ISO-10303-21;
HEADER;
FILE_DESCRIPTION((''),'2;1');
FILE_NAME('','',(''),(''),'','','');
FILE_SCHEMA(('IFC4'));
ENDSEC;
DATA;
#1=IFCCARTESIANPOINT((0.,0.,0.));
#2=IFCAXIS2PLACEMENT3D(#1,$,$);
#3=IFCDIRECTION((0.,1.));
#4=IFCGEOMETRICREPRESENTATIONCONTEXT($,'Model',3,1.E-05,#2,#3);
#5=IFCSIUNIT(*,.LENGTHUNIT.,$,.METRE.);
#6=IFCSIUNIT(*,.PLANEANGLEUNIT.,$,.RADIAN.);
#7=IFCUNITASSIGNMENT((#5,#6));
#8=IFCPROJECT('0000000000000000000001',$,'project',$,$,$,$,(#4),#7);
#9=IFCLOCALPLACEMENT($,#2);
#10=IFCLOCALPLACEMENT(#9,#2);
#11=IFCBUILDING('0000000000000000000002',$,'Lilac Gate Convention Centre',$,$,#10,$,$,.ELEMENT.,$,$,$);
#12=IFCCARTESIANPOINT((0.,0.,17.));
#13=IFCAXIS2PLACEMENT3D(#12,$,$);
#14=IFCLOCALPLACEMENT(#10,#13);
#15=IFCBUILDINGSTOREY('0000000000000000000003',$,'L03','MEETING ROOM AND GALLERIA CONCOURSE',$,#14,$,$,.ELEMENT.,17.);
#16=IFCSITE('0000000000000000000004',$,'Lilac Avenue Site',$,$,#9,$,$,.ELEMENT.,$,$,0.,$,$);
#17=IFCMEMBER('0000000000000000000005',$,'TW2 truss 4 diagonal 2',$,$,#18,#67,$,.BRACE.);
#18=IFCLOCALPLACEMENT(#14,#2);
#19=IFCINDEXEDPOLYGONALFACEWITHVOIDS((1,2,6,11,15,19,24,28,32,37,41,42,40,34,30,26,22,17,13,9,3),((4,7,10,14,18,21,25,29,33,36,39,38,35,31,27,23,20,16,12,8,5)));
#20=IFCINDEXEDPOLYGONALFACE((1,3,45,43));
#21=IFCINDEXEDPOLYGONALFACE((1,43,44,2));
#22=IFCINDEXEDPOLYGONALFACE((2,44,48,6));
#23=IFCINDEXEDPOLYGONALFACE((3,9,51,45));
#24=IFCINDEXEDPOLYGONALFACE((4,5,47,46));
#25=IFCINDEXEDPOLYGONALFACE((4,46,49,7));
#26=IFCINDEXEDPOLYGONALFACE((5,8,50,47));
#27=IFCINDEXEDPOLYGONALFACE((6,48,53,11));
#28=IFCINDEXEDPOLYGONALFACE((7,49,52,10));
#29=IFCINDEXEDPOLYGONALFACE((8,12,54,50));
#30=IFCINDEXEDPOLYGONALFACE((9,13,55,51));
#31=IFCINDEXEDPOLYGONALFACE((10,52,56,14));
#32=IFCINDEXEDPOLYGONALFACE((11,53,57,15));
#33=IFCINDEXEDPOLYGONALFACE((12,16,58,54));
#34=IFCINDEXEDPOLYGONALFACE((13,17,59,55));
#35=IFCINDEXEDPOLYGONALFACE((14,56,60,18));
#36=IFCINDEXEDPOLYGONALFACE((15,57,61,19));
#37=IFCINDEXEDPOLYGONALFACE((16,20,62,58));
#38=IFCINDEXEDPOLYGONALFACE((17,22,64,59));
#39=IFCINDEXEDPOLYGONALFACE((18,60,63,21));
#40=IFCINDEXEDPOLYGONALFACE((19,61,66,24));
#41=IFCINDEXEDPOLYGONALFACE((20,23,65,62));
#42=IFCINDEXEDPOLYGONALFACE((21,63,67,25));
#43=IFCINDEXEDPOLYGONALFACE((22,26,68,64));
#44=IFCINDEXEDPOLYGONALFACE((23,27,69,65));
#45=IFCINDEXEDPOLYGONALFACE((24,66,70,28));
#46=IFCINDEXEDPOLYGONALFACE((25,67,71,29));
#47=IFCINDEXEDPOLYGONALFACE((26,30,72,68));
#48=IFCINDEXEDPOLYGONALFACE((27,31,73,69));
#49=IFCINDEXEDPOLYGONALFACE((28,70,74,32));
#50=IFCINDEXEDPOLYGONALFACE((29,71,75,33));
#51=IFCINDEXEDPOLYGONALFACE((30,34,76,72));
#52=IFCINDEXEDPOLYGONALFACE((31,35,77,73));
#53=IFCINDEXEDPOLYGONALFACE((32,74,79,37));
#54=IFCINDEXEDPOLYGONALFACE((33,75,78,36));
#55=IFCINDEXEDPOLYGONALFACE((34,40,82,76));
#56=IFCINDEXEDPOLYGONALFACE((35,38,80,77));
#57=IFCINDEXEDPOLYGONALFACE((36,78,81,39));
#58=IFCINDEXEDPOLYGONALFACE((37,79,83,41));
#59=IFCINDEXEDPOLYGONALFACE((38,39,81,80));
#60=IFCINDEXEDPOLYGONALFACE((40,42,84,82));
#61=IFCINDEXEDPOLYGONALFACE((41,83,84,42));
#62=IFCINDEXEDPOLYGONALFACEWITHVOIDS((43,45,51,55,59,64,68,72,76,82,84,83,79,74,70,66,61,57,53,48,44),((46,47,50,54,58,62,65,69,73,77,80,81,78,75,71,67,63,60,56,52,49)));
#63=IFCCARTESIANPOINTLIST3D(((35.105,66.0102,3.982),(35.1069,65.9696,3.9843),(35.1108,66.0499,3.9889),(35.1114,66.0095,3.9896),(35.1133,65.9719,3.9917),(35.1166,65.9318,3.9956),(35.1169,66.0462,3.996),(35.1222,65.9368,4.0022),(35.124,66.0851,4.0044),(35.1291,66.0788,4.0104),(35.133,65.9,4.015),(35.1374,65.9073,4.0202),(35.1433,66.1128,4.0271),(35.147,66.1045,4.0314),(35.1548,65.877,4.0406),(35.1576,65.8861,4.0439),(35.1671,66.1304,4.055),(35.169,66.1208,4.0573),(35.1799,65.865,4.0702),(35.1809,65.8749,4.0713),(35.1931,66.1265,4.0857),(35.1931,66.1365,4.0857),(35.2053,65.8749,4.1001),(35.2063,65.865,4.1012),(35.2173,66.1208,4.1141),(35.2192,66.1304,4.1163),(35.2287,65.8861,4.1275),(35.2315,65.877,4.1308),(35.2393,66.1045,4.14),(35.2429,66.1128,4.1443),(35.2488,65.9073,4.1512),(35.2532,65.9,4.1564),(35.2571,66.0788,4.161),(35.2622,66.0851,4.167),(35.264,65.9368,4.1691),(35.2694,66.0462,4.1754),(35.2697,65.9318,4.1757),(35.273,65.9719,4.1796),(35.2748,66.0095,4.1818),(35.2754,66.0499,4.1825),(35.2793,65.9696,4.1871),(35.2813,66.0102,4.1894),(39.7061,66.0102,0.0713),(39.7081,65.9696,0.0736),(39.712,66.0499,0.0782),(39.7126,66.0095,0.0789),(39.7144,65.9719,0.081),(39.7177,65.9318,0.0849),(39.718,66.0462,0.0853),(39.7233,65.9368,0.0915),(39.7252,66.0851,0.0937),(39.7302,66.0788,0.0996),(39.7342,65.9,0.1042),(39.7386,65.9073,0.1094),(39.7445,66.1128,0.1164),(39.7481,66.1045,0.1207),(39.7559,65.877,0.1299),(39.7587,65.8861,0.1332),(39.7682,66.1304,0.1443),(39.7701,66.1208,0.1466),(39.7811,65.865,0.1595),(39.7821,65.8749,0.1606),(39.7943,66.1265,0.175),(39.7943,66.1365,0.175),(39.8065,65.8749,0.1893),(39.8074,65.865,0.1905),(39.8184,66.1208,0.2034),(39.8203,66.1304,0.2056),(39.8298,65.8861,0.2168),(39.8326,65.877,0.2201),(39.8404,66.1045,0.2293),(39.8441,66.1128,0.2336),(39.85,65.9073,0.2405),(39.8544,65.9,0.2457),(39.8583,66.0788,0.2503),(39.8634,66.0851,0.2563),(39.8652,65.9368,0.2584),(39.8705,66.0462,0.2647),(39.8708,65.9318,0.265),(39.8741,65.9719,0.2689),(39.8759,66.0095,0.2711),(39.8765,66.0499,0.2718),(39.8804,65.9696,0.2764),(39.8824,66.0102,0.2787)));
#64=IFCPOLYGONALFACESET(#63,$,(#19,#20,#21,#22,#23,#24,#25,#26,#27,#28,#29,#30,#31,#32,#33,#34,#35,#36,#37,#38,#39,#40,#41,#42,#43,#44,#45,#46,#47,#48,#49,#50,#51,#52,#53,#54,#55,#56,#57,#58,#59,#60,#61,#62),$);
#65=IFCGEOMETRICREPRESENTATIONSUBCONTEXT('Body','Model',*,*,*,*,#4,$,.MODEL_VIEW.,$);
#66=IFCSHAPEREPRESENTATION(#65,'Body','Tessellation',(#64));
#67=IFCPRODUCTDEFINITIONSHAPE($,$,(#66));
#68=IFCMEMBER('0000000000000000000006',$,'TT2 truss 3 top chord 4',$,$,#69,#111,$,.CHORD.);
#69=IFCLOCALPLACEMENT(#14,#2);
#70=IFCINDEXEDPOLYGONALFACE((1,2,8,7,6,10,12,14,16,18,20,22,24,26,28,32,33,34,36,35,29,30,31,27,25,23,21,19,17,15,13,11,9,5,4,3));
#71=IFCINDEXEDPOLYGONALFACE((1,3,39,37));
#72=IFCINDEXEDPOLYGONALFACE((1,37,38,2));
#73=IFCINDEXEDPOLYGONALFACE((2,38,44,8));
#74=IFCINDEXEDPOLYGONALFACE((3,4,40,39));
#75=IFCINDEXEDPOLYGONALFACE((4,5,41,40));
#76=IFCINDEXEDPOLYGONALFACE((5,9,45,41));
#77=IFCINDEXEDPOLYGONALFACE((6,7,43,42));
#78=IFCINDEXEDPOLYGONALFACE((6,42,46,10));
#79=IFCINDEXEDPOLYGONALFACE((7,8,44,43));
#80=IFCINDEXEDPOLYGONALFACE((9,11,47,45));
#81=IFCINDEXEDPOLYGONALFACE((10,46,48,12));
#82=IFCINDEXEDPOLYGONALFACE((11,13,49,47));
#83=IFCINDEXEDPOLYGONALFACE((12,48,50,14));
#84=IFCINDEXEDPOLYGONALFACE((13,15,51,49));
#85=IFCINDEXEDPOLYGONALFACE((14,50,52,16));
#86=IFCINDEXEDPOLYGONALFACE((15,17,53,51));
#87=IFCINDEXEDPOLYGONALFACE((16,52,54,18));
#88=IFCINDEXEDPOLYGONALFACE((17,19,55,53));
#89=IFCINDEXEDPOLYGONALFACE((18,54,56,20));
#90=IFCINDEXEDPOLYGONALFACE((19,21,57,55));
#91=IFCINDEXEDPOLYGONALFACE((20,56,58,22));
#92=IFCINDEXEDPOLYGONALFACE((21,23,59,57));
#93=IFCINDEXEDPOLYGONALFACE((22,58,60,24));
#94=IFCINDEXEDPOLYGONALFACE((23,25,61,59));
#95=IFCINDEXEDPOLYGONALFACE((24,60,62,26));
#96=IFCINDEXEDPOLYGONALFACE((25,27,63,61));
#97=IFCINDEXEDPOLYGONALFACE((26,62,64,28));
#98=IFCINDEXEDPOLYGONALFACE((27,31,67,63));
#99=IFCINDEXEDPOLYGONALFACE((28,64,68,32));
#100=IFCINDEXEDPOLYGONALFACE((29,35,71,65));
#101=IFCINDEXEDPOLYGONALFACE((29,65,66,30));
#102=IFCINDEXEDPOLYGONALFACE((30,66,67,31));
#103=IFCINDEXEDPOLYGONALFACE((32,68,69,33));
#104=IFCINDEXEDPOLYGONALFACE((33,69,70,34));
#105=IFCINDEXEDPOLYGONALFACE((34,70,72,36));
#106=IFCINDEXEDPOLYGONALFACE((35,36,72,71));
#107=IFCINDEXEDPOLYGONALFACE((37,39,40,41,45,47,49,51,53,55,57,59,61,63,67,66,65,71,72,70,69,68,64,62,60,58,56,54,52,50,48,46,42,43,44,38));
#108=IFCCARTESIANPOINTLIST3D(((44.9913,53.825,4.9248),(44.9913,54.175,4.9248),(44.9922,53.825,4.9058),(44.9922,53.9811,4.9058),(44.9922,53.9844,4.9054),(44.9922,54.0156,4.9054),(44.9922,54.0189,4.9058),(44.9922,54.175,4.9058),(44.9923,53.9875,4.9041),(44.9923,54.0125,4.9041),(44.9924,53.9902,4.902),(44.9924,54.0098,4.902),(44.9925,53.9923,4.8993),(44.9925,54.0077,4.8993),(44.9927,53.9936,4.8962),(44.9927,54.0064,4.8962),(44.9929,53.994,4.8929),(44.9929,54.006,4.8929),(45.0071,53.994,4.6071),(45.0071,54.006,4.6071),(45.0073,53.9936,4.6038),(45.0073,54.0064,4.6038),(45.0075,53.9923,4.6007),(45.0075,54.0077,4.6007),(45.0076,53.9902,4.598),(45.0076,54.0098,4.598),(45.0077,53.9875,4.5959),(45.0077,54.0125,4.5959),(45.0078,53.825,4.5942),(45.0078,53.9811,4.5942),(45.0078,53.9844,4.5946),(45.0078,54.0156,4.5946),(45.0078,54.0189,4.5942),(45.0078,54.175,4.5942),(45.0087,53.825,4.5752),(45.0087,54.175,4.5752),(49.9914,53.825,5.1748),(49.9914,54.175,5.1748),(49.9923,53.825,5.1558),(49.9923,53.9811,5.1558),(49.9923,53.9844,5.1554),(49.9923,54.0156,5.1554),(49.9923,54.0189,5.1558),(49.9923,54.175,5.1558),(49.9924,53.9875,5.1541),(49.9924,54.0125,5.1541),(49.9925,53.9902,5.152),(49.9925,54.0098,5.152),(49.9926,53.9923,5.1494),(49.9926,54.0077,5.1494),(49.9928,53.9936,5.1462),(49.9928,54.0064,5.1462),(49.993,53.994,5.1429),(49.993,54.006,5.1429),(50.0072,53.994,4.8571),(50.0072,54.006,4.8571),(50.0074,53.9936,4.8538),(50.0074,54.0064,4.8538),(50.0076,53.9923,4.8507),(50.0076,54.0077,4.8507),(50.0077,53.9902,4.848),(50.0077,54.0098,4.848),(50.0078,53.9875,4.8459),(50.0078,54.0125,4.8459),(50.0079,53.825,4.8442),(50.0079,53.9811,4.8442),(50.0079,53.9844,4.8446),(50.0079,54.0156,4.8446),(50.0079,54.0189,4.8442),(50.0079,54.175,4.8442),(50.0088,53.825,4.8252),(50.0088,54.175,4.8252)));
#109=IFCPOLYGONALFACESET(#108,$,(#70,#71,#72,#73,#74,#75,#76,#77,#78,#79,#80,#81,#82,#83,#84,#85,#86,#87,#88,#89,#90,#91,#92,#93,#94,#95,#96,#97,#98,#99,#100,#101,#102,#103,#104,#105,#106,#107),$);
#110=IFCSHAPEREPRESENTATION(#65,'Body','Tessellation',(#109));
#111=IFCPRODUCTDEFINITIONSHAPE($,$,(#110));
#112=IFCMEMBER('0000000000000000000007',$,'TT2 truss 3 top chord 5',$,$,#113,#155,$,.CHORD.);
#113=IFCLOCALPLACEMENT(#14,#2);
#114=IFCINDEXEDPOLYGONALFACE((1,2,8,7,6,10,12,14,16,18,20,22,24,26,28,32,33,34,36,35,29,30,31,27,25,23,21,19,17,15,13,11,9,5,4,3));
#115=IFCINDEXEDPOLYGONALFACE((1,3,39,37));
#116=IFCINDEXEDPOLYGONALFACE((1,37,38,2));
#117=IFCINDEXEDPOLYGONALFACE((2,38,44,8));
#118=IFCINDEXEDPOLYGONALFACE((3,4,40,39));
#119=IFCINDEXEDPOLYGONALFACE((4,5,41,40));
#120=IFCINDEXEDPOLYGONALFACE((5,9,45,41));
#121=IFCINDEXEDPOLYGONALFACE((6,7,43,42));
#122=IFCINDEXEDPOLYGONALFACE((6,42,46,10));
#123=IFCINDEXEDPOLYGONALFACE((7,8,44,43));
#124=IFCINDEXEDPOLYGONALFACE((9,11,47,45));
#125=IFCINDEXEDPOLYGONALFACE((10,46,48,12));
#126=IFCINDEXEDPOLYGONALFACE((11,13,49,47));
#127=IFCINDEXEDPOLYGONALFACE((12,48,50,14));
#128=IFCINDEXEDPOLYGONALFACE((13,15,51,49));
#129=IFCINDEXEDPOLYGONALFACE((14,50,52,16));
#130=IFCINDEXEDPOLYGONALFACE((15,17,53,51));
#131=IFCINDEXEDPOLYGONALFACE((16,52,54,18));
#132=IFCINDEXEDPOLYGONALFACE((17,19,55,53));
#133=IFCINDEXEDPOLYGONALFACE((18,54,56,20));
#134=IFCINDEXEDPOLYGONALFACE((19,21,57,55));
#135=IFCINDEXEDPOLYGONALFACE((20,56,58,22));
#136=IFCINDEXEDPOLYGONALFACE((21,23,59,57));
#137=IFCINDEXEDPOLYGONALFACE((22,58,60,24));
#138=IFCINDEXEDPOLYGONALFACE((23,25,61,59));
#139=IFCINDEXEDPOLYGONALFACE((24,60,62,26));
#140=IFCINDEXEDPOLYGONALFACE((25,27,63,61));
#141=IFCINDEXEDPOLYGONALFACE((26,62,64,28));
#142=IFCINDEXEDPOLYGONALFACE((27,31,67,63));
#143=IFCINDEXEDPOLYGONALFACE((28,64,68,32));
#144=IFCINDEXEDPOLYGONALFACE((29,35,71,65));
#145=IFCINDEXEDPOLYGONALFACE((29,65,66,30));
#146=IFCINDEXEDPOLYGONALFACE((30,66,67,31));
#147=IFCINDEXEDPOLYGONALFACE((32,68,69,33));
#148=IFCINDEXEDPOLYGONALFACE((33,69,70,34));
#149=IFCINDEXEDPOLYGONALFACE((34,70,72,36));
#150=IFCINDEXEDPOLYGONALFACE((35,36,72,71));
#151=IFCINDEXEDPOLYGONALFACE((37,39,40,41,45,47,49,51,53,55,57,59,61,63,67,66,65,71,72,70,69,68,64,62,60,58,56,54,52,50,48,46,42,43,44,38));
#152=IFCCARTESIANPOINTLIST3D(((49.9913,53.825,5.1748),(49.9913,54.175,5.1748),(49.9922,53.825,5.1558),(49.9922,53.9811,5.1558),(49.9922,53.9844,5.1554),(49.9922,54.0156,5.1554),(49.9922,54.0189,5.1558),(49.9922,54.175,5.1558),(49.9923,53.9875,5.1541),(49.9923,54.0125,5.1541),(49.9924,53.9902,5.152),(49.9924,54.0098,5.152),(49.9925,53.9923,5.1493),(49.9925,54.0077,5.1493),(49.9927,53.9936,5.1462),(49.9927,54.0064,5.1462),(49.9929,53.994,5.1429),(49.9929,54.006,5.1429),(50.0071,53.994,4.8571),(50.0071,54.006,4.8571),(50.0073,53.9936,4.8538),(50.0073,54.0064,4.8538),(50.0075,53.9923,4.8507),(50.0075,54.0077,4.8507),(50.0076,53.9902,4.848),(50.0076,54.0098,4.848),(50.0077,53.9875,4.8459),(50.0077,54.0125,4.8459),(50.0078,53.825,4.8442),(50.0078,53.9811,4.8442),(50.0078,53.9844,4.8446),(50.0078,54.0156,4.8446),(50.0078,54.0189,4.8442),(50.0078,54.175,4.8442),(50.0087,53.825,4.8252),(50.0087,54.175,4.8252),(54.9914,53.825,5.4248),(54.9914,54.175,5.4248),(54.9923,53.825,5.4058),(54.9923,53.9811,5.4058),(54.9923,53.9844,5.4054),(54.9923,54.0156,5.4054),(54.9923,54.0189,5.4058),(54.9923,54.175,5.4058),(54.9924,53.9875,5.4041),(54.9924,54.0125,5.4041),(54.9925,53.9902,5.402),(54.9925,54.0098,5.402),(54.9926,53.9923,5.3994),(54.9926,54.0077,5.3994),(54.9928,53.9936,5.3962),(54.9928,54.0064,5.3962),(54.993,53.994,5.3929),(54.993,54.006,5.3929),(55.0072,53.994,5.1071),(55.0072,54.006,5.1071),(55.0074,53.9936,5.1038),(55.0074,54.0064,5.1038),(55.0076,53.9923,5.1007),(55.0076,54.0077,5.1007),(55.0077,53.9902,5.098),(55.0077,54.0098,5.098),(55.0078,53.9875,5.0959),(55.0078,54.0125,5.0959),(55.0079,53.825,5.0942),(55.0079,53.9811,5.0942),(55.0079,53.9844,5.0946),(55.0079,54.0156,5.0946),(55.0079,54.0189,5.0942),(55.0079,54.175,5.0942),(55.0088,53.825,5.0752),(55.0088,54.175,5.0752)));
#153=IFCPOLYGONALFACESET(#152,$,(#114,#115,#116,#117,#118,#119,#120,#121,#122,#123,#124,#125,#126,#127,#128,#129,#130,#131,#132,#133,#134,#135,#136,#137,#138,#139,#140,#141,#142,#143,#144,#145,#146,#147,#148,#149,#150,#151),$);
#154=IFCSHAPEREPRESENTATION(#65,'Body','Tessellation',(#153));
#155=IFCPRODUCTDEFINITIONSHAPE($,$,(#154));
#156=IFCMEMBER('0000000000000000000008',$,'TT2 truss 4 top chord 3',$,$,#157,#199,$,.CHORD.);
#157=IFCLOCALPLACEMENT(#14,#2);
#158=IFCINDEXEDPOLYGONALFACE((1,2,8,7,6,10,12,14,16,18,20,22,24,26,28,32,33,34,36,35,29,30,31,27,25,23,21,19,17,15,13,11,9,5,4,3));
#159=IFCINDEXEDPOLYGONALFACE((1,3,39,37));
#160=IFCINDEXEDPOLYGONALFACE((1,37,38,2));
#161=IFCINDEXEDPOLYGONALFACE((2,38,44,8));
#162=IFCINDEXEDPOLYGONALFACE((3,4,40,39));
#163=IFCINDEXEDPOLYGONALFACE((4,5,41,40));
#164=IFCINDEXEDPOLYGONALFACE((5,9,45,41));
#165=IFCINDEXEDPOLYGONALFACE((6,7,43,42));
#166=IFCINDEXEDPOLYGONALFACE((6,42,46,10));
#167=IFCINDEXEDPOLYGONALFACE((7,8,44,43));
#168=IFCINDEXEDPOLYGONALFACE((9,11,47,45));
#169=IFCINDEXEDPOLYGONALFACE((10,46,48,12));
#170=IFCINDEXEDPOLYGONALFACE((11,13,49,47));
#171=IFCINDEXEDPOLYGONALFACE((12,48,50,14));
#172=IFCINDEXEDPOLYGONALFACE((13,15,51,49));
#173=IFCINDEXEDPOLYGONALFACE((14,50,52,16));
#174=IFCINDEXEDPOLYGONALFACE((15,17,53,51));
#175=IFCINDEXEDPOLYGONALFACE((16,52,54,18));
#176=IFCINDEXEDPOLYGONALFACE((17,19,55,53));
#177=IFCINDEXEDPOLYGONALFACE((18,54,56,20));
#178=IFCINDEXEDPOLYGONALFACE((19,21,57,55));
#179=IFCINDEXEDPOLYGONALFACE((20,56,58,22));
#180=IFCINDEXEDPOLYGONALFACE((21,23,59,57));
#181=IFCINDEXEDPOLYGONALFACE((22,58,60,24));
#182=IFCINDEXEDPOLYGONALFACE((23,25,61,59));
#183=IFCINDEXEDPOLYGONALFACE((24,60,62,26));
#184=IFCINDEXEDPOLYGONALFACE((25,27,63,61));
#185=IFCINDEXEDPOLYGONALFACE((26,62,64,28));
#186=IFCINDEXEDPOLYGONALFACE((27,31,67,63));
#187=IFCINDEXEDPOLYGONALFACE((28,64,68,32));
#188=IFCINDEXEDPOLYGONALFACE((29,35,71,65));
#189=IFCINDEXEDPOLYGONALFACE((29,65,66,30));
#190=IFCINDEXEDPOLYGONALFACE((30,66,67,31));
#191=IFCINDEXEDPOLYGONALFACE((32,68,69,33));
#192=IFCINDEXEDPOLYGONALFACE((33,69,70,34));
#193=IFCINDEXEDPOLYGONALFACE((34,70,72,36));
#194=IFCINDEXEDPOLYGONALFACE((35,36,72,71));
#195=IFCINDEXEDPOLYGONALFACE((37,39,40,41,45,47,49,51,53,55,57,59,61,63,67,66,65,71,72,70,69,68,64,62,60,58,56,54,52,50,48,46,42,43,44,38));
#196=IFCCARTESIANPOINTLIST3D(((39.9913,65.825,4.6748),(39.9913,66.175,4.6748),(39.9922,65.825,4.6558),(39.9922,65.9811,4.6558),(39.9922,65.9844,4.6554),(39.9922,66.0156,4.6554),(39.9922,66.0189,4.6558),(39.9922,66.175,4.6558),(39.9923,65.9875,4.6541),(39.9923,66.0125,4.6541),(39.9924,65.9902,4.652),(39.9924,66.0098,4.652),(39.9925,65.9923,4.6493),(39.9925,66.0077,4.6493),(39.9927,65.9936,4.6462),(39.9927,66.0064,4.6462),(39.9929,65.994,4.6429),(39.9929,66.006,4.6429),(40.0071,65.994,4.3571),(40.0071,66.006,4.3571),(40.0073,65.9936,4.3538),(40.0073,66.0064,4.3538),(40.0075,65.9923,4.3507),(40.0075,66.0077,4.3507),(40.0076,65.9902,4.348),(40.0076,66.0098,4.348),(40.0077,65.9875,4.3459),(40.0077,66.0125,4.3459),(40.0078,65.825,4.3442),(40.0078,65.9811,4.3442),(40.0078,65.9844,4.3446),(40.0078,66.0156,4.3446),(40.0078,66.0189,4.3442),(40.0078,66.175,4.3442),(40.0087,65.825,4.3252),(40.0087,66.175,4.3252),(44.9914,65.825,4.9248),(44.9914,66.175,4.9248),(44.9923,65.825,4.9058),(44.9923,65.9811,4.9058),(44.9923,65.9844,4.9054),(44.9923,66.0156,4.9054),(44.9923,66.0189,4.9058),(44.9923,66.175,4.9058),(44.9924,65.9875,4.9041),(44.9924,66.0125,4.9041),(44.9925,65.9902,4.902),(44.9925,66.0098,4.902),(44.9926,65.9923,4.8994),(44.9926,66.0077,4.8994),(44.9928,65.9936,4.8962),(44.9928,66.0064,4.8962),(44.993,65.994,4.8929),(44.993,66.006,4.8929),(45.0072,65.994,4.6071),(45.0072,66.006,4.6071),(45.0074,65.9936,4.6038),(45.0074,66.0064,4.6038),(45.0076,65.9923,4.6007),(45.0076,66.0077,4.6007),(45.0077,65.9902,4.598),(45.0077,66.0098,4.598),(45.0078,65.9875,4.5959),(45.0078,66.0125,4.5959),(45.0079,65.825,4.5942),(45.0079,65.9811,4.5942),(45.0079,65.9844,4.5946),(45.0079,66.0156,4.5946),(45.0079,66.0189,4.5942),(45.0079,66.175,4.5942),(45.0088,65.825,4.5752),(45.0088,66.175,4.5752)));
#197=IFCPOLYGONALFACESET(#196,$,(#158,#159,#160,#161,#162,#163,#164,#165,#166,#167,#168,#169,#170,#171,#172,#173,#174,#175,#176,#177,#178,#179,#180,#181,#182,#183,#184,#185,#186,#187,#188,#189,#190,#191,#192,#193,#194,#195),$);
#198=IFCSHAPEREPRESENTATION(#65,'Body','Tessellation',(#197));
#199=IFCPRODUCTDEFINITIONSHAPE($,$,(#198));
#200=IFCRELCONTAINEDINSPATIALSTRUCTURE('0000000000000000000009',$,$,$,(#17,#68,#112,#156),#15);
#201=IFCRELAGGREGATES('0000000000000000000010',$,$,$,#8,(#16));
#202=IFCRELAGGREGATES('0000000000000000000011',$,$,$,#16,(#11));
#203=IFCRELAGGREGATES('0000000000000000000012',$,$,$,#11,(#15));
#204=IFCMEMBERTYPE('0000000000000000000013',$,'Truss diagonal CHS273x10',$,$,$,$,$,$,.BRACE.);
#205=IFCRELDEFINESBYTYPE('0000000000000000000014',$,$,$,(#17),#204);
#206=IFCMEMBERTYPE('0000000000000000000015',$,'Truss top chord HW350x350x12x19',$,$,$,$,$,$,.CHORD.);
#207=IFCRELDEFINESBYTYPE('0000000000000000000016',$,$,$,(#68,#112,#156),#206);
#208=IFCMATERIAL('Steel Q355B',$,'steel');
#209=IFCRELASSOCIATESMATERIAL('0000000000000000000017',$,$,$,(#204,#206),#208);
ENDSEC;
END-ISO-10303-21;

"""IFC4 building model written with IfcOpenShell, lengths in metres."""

from ifc_helpers import new_model, si_unit, direction, frame, origin, origin_2d, place, context, subcontext, project, spatial, hollow_circle, i_section, extrude, material, material_profile, profile_set, type_object, element, save


model = new_model("IFC4")

# Units and contexts
model_context = context("Model", 3, precision=1e-05, world=origin(), true_north=direction((0.0, 1.0)))
body_context = subcontext(model_context, "Body", "Model", "MODEL_VIEW")
ifc_project = project(units=[si_unit("LENGTHUNIT", "METRE"), si_unit("PLANEANGLEUNIT", "RADIAN")], contexts=[model_context])

# Site, building, storey
site_placement = place(None, origin())
site = spatial("IfcSite", under=ifc_project, at=site_placement, Name="Lilac Avenue Site", CompositionType="ELEMENT", RefElevation=0.0)
building_placement = place(site_placement, origin())
building = spatial("IfcBuilding", under=site, at=building_placement, Name="Lilac Gate Convention Centre", CompositionType="ELEMENT")
storey_placement = place(building_placement, frame((0.0, 0.0, 17.0)))
storey = spatial("IfcBuildingStorey", under=building, at=storey_placement, Name="L03", Description="MEETING ROOM AND GALLERIA CONCOURSE", CompositionType="ELEMENT", Elevation=17.0)

# Members
ifc_material = material(Name="Steel Q355B", Category="steel")
ifc_material_profile_1 = material_profile(ifc_material, hollow_circle(Radius=0.1365, WallThickness=0.01, at=origin_2d()), Name="CHS273x10")
ifc_profile_set_1 = profile_set([ifc_material_profile_1], Name="Steel Q355B")
member_type_1 = type_object("IfcMemberType", Name="Truss diagonal CHS273x10", PredefinedType="BRACE", material=ifc_profile_set_1)
member_1_placement = place(storey_placement, frame((35.1931, 66.0, 4.0857), z_axis=(0.761961, 0.0, -0.647623), x_axis=(0.0, 1.0, 0.0)))
element("IfcMember", 1, at=member_1_placement, inside=storey, type_object=member_type_1, Name="TW2 truss 4 diagonal 2", PredefinedType="BRACE", context=body_context, shape_type="SweptSolid", body=[
    extrude(hollow_circle(Radius=0.1365, WallThickness=0.01, at=origin_2d()), origin(), (0.0, 0.0, 1.0), 6.0386),
])
ifc_material_profile_2 = material_profile(ifc_material, i_section(OverallWidth=0.3501, OverallDepth=0.3501, WebThickness=0.012, FlangeThickness=0.019, FilletRadius=0.0129, at=origin_2d()), Name="HW350x350x12x19")
ifc_profile_set_2 = profile_set([ifc_material_profile_2], Name="Steel Q355B")
member_type_2 = type_object("IfcMemberType", Name="Truss top chord HW350x350x12x19", PredefinedType="CHORD", material=ifc_profile_set_2)
for number, where, z_axis, x_axis, name in (
    (2, (45.0, 54.0, 4.75), (0.998752, 0.0, 0.049938), (0.0, 1.0, 0.0), "TT2 truss 3 top chord 4"),
    (3, (50.0, 54.0, 5.0), (0.998752, 0.0, 0.049938), (0.0, 1.0, 0.0), "TT2 truss 3 top chord 5"),
    (4, (40.0, 66.0, 4.5), (0.998752, 0.0, 0.049938), (0.0, 1.0, 0.0), "TT2 truss 4 top chord 3"),
):
    element("IfcMember", number, at=place(storey_placement, frame(where, z_axis=z_axis, x_axis=x_axis)), inside=storey, type_object=member_type_2, Name=name, PredefinedType="CHORD", context=body_context, shape_type="SweptSolid", body=[
        extrude(i_section(OverallWidth=0.3501, OverallDepth=0.3501, WebThickness=0.012, FlangeThickness=0.019, FilletRadius=0.0129, at=origin_2d()), origin(), (0.0, 0.0, 1.0), 5.0063),
    ])

save(model, "model.ifc")
